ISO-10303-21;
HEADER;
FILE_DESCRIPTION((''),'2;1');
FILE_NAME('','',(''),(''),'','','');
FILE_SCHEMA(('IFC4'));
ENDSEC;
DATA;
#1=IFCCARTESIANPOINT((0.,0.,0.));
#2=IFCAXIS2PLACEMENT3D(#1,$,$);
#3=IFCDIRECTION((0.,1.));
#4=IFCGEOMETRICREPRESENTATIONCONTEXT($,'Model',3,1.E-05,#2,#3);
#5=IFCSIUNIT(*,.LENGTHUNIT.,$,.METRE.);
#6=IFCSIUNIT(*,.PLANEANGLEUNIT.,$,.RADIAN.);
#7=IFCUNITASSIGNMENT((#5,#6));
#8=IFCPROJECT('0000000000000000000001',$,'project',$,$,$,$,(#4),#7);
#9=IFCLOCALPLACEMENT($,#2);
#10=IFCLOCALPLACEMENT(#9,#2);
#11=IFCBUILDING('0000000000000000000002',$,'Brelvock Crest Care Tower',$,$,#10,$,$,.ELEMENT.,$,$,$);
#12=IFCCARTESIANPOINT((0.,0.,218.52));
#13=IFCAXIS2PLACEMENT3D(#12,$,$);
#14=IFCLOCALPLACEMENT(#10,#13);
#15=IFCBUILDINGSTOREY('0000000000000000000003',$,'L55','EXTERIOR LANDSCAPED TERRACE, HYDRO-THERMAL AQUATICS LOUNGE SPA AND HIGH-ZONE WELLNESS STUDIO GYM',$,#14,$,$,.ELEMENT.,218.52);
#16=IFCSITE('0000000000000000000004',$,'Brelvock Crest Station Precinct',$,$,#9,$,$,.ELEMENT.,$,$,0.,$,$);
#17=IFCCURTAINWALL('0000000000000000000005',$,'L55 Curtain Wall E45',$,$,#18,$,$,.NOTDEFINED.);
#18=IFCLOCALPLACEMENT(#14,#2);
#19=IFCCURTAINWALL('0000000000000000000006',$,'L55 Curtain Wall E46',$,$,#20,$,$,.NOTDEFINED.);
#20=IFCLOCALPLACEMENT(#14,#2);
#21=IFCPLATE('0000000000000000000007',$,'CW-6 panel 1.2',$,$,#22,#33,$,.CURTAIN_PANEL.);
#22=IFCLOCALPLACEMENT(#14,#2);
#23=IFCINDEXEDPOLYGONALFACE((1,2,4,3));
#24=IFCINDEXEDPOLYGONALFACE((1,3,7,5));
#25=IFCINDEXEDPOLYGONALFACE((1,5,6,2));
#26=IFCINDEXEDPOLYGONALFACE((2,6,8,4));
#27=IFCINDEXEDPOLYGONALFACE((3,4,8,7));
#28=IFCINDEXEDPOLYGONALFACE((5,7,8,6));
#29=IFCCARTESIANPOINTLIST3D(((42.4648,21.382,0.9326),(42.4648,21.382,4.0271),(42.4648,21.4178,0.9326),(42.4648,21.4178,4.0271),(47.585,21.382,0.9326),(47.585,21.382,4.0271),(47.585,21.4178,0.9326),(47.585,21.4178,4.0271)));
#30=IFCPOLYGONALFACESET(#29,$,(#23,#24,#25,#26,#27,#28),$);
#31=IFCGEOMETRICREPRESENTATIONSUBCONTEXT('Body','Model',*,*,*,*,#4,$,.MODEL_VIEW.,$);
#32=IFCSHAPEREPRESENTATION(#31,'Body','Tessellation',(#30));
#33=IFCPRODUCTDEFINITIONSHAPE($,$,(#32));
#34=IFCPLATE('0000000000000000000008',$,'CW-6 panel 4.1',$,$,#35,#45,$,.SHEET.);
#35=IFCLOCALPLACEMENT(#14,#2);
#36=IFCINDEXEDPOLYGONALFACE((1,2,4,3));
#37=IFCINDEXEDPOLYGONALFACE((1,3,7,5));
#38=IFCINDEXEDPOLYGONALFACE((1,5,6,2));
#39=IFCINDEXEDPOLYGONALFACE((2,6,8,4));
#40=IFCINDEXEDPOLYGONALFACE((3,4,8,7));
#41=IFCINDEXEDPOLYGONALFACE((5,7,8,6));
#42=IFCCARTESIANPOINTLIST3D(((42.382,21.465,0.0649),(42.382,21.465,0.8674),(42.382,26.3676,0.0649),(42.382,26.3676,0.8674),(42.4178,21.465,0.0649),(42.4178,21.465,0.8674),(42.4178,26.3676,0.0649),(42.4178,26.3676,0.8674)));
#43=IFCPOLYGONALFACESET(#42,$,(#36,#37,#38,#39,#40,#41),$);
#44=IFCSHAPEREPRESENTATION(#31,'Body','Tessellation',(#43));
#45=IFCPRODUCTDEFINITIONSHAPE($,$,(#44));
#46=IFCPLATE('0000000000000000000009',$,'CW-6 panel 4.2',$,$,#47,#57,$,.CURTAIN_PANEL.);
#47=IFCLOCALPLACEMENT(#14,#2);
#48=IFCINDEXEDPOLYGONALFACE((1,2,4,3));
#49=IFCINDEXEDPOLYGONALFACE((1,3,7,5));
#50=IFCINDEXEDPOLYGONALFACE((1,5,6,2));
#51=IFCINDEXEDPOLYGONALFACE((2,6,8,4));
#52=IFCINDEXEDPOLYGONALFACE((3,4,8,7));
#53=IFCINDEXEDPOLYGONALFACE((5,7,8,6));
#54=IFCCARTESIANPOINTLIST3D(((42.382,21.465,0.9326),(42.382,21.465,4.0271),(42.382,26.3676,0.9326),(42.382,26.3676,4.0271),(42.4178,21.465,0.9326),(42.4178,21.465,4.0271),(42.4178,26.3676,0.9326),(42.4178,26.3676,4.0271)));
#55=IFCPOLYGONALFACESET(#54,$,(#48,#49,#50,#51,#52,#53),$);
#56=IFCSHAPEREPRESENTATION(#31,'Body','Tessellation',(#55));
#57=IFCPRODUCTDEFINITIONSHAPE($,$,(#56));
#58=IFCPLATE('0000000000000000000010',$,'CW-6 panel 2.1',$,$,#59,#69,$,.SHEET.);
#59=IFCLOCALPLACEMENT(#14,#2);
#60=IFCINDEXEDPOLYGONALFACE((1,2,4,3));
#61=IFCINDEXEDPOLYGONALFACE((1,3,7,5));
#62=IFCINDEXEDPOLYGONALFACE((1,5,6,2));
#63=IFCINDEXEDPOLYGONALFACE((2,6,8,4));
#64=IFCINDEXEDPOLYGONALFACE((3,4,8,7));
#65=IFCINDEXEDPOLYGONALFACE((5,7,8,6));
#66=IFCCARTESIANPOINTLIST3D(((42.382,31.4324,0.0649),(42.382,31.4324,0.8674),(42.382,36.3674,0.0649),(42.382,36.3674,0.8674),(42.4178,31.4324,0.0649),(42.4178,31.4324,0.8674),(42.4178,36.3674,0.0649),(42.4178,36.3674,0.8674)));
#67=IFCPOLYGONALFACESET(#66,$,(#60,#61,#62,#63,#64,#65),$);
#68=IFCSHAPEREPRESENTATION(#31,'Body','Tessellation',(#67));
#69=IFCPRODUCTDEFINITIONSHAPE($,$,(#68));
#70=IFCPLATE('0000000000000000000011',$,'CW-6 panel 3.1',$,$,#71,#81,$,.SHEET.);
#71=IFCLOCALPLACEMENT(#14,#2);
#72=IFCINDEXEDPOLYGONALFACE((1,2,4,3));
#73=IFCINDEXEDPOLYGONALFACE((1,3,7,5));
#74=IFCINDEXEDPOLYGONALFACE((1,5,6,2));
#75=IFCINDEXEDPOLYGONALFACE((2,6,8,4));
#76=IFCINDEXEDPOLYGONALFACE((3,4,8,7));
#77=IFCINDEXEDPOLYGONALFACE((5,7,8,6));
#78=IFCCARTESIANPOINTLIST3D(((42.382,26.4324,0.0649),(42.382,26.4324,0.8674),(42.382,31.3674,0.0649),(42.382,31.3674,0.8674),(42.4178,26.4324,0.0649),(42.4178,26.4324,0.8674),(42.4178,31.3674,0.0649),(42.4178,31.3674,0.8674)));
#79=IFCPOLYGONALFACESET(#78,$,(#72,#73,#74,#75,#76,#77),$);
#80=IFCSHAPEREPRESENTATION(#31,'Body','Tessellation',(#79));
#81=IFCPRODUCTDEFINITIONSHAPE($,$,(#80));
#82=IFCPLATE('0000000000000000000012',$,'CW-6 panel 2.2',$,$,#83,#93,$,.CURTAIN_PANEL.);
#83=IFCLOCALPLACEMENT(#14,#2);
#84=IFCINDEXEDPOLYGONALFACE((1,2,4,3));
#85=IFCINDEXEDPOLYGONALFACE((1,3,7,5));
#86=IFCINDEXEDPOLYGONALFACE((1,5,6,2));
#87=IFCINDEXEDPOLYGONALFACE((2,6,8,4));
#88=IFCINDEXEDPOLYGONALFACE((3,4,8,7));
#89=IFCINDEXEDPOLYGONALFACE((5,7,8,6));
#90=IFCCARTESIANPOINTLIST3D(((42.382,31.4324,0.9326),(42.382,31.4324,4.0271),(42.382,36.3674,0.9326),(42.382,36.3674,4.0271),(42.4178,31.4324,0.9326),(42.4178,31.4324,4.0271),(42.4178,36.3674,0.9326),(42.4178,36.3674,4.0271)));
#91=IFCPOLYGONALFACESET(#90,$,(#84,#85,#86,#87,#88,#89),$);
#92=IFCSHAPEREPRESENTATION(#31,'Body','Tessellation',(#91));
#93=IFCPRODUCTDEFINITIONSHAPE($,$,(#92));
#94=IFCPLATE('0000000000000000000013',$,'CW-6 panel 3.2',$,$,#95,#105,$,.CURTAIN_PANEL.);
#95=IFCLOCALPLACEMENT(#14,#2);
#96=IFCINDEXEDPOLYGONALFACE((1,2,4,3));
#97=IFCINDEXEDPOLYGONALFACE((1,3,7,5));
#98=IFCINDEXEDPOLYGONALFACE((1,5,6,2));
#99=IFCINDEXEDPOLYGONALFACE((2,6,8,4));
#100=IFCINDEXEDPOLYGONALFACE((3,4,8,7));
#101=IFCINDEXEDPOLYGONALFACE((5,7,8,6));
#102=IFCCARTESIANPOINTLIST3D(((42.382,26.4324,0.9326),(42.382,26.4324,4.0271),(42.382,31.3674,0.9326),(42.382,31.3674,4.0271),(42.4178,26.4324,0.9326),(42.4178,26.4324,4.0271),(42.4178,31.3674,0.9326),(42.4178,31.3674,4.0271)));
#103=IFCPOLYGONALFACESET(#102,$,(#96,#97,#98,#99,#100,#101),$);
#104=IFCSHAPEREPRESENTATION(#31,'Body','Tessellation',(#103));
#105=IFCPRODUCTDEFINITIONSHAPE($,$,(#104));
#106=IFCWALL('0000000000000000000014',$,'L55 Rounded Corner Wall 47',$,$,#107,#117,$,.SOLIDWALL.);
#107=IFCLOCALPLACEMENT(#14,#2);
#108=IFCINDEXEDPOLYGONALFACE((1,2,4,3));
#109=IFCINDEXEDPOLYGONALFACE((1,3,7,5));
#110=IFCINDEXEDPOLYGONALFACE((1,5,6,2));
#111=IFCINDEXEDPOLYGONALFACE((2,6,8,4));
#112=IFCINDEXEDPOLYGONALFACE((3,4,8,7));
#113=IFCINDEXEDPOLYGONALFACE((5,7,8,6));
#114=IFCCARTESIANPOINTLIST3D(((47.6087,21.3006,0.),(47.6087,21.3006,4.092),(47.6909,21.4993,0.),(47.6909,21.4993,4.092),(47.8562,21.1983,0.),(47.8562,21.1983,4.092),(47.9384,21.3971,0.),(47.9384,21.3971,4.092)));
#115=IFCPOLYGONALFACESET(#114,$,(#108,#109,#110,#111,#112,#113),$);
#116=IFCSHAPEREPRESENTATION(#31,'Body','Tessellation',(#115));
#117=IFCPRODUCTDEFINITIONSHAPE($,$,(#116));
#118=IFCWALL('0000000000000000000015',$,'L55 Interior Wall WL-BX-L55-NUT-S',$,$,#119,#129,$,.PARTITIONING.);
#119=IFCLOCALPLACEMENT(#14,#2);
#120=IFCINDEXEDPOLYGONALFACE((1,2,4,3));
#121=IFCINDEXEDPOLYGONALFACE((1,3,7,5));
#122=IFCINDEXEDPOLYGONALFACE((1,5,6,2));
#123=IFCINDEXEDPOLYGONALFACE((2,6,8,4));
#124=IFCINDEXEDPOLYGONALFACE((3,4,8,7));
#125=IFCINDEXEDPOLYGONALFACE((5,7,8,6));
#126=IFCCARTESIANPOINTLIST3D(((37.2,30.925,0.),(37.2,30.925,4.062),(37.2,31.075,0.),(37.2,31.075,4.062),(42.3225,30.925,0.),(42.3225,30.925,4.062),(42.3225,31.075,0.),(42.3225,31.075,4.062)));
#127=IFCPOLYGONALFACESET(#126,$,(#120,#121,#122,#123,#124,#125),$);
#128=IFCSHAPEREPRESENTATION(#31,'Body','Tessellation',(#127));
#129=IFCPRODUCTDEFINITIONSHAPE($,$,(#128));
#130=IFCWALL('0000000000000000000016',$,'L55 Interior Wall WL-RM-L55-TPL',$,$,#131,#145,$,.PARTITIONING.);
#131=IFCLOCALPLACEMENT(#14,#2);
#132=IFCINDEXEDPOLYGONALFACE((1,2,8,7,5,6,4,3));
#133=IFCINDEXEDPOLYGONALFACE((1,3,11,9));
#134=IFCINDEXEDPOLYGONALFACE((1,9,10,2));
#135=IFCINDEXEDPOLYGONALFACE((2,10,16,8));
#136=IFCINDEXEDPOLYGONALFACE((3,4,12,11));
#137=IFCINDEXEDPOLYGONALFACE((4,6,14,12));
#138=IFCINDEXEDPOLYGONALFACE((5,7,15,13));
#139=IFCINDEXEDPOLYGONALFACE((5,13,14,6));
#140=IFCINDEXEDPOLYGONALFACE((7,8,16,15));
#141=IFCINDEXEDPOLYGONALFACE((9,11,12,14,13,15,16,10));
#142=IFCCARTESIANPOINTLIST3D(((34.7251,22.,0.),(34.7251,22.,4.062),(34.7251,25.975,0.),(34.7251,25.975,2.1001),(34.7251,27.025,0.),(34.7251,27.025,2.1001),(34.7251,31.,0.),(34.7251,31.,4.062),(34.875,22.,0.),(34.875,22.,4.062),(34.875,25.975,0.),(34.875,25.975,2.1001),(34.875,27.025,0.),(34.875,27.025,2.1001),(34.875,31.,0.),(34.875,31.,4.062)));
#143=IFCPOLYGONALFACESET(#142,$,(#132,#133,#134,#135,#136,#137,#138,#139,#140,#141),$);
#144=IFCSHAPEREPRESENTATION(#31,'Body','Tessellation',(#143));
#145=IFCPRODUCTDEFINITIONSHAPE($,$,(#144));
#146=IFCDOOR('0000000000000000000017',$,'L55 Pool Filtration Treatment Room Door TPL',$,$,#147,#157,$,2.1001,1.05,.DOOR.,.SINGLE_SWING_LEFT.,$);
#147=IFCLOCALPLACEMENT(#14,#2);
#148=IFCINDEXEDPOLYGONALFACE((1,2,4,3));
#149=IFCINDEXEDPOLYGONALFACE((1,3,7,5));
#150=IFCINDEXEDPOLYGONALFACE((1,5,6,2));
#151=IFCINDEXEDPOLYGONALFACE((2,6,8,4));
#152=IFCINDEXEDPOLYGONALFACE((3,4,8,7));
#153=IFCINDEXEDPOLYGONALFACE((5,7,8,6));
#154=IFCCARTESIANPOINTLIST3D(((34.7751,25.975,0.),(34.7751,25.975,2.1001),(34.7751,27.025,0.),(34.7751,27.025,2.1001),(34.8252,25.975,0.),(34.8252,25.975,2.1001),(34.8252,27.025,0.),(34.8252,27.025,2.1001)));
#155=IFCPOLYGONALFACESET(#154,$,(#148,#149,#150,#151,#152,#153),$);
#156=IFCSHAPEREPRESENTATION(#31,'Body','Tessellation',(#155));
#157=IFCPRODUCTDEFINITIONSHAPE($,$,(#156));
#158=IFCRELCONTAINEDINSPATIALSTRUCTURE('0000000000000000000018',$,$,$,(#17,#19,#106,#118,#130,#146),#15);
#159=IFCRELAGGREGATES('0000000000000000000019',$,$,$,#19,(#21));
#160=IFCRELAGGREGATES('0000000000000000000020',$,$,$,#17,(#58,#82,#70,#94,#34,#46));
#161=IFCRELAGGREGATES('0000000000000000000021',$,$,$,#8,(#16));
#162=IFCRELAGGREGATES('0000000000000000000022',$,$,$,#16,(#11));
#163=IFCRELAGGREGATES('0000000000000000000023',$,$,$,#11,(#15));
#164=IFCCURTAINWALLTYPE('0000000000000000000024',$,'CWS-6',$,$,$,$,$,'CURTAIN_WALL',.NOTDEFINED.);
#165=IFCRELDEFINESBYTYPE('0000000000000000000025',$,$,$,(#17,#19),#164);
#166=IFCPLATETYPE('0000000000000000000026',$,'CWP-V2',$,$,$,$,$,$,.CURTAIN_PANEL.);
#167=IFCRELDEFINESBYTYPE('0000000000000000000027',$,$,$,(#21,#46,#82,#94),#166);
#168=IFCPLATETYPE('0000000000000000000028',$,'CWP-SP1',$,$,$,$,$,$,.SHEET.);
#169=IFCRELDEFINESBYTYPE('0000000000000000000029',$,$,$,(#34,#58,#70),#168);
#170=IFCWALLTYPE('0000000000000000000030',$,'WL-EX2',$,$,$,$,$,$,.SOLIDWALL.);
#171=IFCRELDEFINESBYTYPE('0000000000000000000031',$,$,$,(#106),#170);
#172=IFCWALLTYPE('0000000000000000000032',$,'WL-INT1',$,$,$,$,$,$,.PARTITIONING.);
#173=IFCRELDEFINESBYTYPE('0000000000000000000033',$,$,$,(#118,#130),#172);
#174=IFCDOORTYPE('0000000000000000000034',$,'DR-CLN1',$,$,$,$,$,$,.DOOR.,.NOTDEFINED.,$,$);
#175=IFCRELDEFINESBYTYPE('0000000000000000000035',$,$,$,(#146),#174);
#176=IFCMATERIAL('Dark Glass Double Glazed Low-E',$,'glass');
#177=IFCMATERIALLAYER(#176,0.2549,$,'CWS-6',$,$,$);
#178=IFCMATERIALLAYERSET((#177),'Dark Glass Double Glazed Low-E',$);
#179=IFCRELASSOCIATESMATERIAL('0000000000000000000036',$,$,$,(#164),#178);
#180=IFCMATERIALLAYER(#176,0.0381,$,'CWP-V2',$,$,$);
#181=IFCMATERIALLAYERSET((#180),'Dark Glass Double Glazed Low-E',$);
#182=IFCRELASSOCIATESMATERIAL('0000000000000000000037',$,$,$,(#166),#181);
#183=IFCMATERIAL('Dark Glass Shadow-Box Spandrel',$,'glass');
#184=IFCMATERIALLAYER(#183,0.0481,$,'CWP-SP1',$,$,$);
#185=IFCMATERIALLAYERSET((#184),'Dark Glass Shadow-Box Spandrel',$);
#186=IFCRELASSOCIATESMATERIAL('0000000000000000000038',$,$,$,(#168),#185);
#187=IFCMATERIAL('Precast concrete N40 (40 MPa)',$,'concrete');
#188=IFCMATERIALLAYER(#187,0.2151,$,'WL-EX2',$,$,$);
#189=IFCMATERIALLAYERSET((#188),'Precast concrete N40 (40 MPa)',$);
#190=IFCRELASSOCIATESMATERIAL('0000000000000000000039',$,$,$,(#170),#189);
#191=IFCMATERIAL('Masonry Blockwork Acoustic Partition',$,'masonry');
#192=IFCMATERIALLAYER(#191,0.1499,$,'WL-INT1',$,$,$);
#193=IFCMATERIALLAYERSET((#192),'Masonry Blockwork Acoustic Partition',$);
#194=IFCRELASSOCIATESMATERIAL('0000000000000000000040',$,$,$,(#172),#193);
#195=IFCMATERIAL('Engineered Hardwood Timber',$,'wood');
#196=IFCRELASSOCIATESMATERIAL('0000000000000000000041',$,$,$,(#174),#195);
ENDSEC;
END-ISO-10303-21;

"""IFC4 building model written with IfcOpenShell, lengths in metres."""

from ifc_helpers import new_model, si_unit, direction, frame, frame_2d, origin, origin_2d, place, context, subcontext, project, spatial, rectangle, extrude, source, transform, mapped, material, layer, layer_set, type_object, element, fill, aggregate, save


model = new_model("IFC4")

# Units and contexts
model_context = context("Model", 3, precision=1e-05, world=origin(), true_north=direction((0.0, 1.0)))
body_context = subcontext(model_context, "Body", "Model", "MODEL_VIEW")
ifc_project = project(units=[si_unit("LENGTHUNIT", "METRE"), si_unit("PLANEANGLEUNIT", "RADIAN")], contexts=[model_context])

# Site, building, storey
site_placement = place(None, origin())
site = spatial("IfcSite", under=ifc_project, at=site_placement, Name="Brelvock Crest Station Precinct", CompositionType="ELEMENT", RefElevation=0.0)
building_placement = place(site_placement, origin())
building = spatial("IfcBuilding", under=site, at=building_placement, Name="Brelvock Crest Care Tower", CompositionType="ELEMENT")
storey_placement = place(building_placement, frame((0.0, 0.0, 218.52)))
storey = spatial("IfcBuildingStorey", under=building, at=storey_placement, Name="L55", Description="EXTERIOR LANDSCAPED TERRACE, HYDRO-THERMAL AQUATICS LOUNGE SPA AND HIGH-ZONE WELLNESS STUDIO GYM", CompositionType="ELEMENT", Elevation=218.52)

# Curtain wall
ifc_material_1 = material(Name="Dark Glass Double Glazed Low-E", Category="glass")
ifc_layer_1 = layer(ifc_material_1, 0.2549, Name="CWS-6")
ifc_layer_set_1 = layer_set([ifc_layer_1], Name="Dark Glass Double Glazed Low-E")
curtain_wall_type = type_object("IfcCurtainWallType", Name="CWS-6", ElementType="CURTAIN_WALL", PredefinedType="NOTDEFINED", material=ifc_layer_set_1)
curtain_wall_1_placement = place(storey_placement, origin())
curtain_wall_1 = element("IfcCurtainWall", 1, at=curtain_wall_1_placement, inside=storey, type_object=curtain_wall_type, Name="L55 Curtain Wall E45", PredefinedType="NOTDEFINED")

# Curtain wall
curtain_wall_2_placement = place(storey_placement, origin())
curtain_wall_2 = element("IfcCurtainWall", 2, at=curtain_wall_2_placement, inside=storey, type_object=curtain_wall_type, Name="L55 Curtain Wall E46", PredefinedType="NOTDEFINED")

# Plates
ifc_layer_2 = layer(ifc_material_1, 0.0381, Name="CWP-V2")
ifc_layer_set_2 = layer_set([ifc_layer_2], Name="Dark Glass Double Glazed Low-E")
plate_type_1 = type_object("IfcPlateType", Name="CWP-V2", PredefinedType="CURTAIN_PANEL", material=ifc_layer_set_2)
shared_shape_1 = source(origin(), body_context, "Body", "SweptSolid", [
    extrude(rectangle(XDim=5.1201, YDim=0.0359, at=origin_2d()), origin(), (0.0, 0.0, 1.0), 3.0945),
])
plate_1_placement = place(storey_placement, frame((45.0249, 21.3999, 0.9326), z_axis=(0.0, 0.0, 1.0), x_axis=(1.0, 0.0, 0.0)))
plate_1 = element("IfcPlate", 3, at=plate_1_placement, type_object=plate_type_1, Name="CW-6 panel 1.2", PredefinedType="CURTAIN_PANEL", context=body_context, shape_type="MappedRepresentation", body=[
    mapped(shared_shape_1, transform((0.0, 0.0, 0.0), x_axis=(1.0, 0.0, 0.0), y_axis=(0.0, 1.0, 0.0), z_axis=(0.0, 0.0, 1.0), scale=1.0)),
])
aggregate(curtain_wall_2, [plate_1])
ifc_material_2 = material(Name="Dark Glass Shadow-Box Spandrel", Category="glass")
ifc_layer_3 = layer(ifc_material_2, 0.0481, Name="CWP-SP1")
ifc_layer_set_3 = layer_set([ifc_layer_3], Name="Dark Glass Shadow-Box Spandrel")
plate_type_2 = type_object("IfcPlateType", Name="CWP-SP1", PredefinedType="SHEET", material=ifc_layer_set_3)
shared_shape_2 = source(origin(), body_context, "Body", "SweptSolid", [
    extrude(rectangle(XDim=4.9026, YDim=0.0359, at=origin_2d()), origin(), (0.0, 0.0, 1.0), 0.8025),
])
plate_2_placement = place(storey_placement, frame((42.3999, 23.9163, 0.0649), z_axis=(0.0, 0.0, 1.0), x_axis=(0.0, -1.0, 0.0)))
plate_2 = element("IfcPlate", 4, at=plate_2_placement, type_object=plate_type_2, Name="CW-6 panel 4.1", PredefinedType="SHEET", context=body_context, shape_type="MappedRepresentation", body=[
    mapped(shared_shape_2, transform((0.0, 0.0, 0.0), x_axis=(1.0, 0.0, 0.0), y_axis=(0.0, 1.0, 0.0), z_axis=(0.0, 0.0, 1.0), scale=1.0)),
])
shared_shape_3 = source(origin(), body_context, "Body", "SweptSolid", [
    extrude(rectangle(XDim=4.9026, YDim=0.0359, at=origin_2d()), origin(), (0.0, 0.0, 1.0), 3.0945),
])
plate_3_placement = place(storey_placement, frame((42.3999, 23.9163, 0.9326), z_axis=(0.0, 0.0, 1.0), x_axis=(0.0, -1.0, 0.0)))
plate_3 = element("IfcPlate", 5, at=plate_3_placement, type_object=plate_type_1, Name="CW-6 panel 4.2", PredefinedType="CURTAIN_PANEL", context=body_context, shape_type="MappedRepresentation", body=[
    mapped(shared_shape_3, transform((0.0, 0.0, 0.0), x_axis=(1.0, 0.0, 0.0), y_axis=(0.0, 1.0, 0.0), z_axis=(0.0, 0.0, 1.0), scale=1.0)),
])
shared_shape_4 = source(origin(), body_context, "Body", "SweptSolid", [
    extrude(rectangle(XDim=4.9351, YDim=0.0359, at=origin_2d()), origin(), (0.0, 0.0, 1.0), 0.8025),
])
plate_4_placement = place(storey_placement, frame((42.3999, 33.8999, 0.0649), z_axis=(0.0, 0.0, 1.0), x_axis=(0.0, -1.0, 0.0)))
plate_4 = element("IfcPlate", 6, at=plate_4_placement, type_object=plate_type_2, Name="CW-6 panel 2.1", PredefinedType="SHEET", context=body_context, shape_type="MappedRepresentation", body=[
    mapped(shared_shape_4, transform((0.0, 0.0, 0.0), x_axis=(1.0, 0.0, 0.0), y_axis=(0.0, 1.0, 0.0), z_axis=(0.0, 0.0, 1.0), scale=1.0)),
])
plate_5_placement = place(storey_placement, frame((42.3999, 28.8999, 0.0649), z_axis=(0.0, 0.0, 1.0), x_axis=(0.0, -1.0, 0.0)))
plate_5 = element("IfcPlate", 7, at=plate_5_placement, type_object=plate_type_2, Name="CW-6 panel 3.1", PredefinedType="SHEET", context=body_context, shape_type="MappedRepresentation", body=[
    mapped(shared_shape_4, transform((0.0, 0.0, 0.0), x_axis=(1.0, 0.0, 0.0), y_axis=(0.0, 1.0, 0.0), z_axis=(0.0, 0.0, 1.0), scale=1.0)),
])
shared_shape_5 = source(origin(), body_context, "Body", "SweptSolid", [
    extrude(rectangle(XDim=4.9351, YDim=0.0359, at=origin_2d()), origin(), (0.0, 0.0, 1.0), 3.0945),
])
plate_6_placement = place(storey_placement, frame((42.3999, 33.8999, 0.9326), z_axis=(0.0, 0.0, 1.0), x_axis=(0.0, -1.0, 0.0)))
plate_6 = element("IfcPlate", 8, at=plate_6_placement, type_object=plate_type_1, Name="CW-6 panel 2.2", PredefinedType="CURTAIN_PANEL", context=body_context, shape_type="MappedRepresentation", body=[
    mapped(shared_shape_5, transform((0.0, 0.0, 0.0), x_axis=(1.0, 0.0, 0.0), y_axis=(0.0, 1.0, 0.0), z_axis=(0.0, 0.0, 1.0), scale=1.0)),
])
plate_7_placement = place(storey_placement, frame((42.3999, 28.8999, 0.9326), z_axis=(0.0, 0.0, 1.0), x_axis=(0.0, -1.0, 0.0)))
plate_7 = element("IfcPlate", 9, at=plate_7_placement, type_object=plate_type_1, Name="CW-6 panel 3.2", PredefinedType="CURTAIN_PANEL", context=body_context, shape_type="MappedRepresentation", body=[
    mapped(shared_shape_5, transform((0.0, 0.0, 0.0), x_axis=(1.0, 0.0, 0.0), y_axis=(0.0, 1.0, 0.0), z_axis=(0.0, 0.0, 1.0), scale=1.0)),
])
aggregate(curtain_wall_1, [plate_4, plate_6, plate_5, plate_7, plate_2, plate_3])

# Walls
ifc_material_3 = material(Name="Precast concrete N40 (40 MPa)", Category="concrete")
ifc_layer_4 = layer(ifc_material_3, 0.2151, Name="WL-EX2")
ifc_layer_set_4 = layer_set([ifc_layer_4], Name="Precast concrete N40 (40 MPa)")
wall_type_1 = type_object("IfcWallType", Name="WL-EX2", PredefinedType="SOLIDWALL", material=ifc_layer_set_4)
wall_1_placement = place(storey_placement, frame((47.6499, 21.3999, 0.0), z_axis=(0.0, 0.0, 1.0), x_axis=(0.924205, -0.381896, 0.0)))
element("IfcWall", 10, at=wall_1_placement, inside=storey, type_object=wall_type_1, Name="L55 Rounded Corner Wall 47", PredefinedType="SOLIDWALL", context=body_context, shape_type="SweptSolid", body=[
    extrude(rectangle(XDim=0.2678, YDim=0.2151, at=frame_2d((0.1338, 0.0))), origin(), (0.0, 0.0, 1.0), 4.092),
])
ifc_material_4 = material(Name="Masonry Blockwork Acoustic Partition", Category="masonry")
ifc_layer_5 = layer(ifc_material_4, 0.1499, Name="WL-INT1")
ifc_layer_set_5 = layer_set([ifc_layer_5], Name="Masonry Blockwork Acoustic Partition")
wall_type_2 = type_object("IfcWallType", Name="WL-INT1", PredefinedType="PARTITIONING", material=ifc_layer_set_5)
wall_2_placement = place(storey_placement, frame((37.2, 31.0, 0.0), z_axis=(0.0, 0.0, 1.0), x_axis=(1.0, 0.0, 0.0)))
element("IfcWall", 11, at=wall_2_placement, inside=storey, type_object=wall_type_2, Name="L55 Interior Wall WL-BX-L55-NUT-S", PredefinedType="PARTITIONING", context=body_context, shape_type="SweptSolid", body=[
    extrude(rectangle(XDim=5.1226, YDim=0.1499, at=frame_2d((2.5613, 0.0))), origin(), (0.0, 0.0, 1.0), 4.062),
])

# Wall, opening, door
wall_3_placement = place(storey_placement, frame((34.8, 22.0, 0.0), z_axis=(0.0, 0.0, 1.0), x_axis=(0.0, 1.0, 0.0)))
wall_3 = element("IfcWall", 12, at=wall_3_placement, inside=storey, type_object=wall_type_2, Name="L55 Interior Wall WL-RM-L55-TPL", PredefinedType="PARTITIONING", context=body_context, shape_type="SweptSolid", body=[
    extrude(rectangle(XDim=9.0, YDim=0.1499, at=frame_2d((4.5, 0.0))), origin(), (0.0, 0.0, 1.0), 4.062),
])
opening_1_placement = place(wall_3_placement, frame((3.9751, 0.0, 0.0)))
opening_1 = element("IfcOpeningElement", 13, at=opening_1_placement, cuts=wall_3, PredefinedType="OPENING", context=body_context, shape_type="SweptSolid", body=[
    extrude(rectangle(XDim=1.05, YDim=2.1001, at=origin_2d()), frame((0.5249, 0.085, 1.05), z_axis=(0.0, -1.0, 0.0), x_axis=(1.0, 0.0, 0.0)), (0.0, 0.0, 1.0), 0.1699),
])
ifc_material_5 = material(Name="Engineered Hardwood Timber", Category="wood")
door_type = type_object("IfcDoorType", Name="DR-CLN1", OperationType="NOTDEFINED", PredefinedType="DOOR", material=ifc_material_5)
shared_shape_6 = source(origin(), body_context, "Body", "SweptSolid", [
    extrude(rectangle(XDim=1.05, YDim=2.1001, at=origin_2d()), frame((0.5249, 0.0249, 1.05), z_axis=(0.0, -1.0, 0.0), x_axis=(1.0, 0.0, 0.0)), (0.0, 0.0, 1.0), 0.05),
])
door_1_placement = place(opening_1_placement, origin())
door_1 = element("IfcDoor", 14, at=door_1_placement, inside=storey, type_object=door_type, Name="L55 Pool Filtration Treatment Room Door TPL", OperationType="SINGLE_SWING_LEFT", OverallHeight=2.1001, OverallWidth=1.05, PredefinedType="DOOR", context=body_context, shape_type="MappedRepresentation", body=[
    mapped(shared_shape_6, transform((0.0, 0.0, 0.0), x_axis=(1.0, 0.0, 0.0), y_axis=(0.0, 1.0, 0.0), z_axis=(0.0, 0.0, 1.0), scale=1.0)),
])
fill(opening_1, door_1)

save(model, "model.ifc")
